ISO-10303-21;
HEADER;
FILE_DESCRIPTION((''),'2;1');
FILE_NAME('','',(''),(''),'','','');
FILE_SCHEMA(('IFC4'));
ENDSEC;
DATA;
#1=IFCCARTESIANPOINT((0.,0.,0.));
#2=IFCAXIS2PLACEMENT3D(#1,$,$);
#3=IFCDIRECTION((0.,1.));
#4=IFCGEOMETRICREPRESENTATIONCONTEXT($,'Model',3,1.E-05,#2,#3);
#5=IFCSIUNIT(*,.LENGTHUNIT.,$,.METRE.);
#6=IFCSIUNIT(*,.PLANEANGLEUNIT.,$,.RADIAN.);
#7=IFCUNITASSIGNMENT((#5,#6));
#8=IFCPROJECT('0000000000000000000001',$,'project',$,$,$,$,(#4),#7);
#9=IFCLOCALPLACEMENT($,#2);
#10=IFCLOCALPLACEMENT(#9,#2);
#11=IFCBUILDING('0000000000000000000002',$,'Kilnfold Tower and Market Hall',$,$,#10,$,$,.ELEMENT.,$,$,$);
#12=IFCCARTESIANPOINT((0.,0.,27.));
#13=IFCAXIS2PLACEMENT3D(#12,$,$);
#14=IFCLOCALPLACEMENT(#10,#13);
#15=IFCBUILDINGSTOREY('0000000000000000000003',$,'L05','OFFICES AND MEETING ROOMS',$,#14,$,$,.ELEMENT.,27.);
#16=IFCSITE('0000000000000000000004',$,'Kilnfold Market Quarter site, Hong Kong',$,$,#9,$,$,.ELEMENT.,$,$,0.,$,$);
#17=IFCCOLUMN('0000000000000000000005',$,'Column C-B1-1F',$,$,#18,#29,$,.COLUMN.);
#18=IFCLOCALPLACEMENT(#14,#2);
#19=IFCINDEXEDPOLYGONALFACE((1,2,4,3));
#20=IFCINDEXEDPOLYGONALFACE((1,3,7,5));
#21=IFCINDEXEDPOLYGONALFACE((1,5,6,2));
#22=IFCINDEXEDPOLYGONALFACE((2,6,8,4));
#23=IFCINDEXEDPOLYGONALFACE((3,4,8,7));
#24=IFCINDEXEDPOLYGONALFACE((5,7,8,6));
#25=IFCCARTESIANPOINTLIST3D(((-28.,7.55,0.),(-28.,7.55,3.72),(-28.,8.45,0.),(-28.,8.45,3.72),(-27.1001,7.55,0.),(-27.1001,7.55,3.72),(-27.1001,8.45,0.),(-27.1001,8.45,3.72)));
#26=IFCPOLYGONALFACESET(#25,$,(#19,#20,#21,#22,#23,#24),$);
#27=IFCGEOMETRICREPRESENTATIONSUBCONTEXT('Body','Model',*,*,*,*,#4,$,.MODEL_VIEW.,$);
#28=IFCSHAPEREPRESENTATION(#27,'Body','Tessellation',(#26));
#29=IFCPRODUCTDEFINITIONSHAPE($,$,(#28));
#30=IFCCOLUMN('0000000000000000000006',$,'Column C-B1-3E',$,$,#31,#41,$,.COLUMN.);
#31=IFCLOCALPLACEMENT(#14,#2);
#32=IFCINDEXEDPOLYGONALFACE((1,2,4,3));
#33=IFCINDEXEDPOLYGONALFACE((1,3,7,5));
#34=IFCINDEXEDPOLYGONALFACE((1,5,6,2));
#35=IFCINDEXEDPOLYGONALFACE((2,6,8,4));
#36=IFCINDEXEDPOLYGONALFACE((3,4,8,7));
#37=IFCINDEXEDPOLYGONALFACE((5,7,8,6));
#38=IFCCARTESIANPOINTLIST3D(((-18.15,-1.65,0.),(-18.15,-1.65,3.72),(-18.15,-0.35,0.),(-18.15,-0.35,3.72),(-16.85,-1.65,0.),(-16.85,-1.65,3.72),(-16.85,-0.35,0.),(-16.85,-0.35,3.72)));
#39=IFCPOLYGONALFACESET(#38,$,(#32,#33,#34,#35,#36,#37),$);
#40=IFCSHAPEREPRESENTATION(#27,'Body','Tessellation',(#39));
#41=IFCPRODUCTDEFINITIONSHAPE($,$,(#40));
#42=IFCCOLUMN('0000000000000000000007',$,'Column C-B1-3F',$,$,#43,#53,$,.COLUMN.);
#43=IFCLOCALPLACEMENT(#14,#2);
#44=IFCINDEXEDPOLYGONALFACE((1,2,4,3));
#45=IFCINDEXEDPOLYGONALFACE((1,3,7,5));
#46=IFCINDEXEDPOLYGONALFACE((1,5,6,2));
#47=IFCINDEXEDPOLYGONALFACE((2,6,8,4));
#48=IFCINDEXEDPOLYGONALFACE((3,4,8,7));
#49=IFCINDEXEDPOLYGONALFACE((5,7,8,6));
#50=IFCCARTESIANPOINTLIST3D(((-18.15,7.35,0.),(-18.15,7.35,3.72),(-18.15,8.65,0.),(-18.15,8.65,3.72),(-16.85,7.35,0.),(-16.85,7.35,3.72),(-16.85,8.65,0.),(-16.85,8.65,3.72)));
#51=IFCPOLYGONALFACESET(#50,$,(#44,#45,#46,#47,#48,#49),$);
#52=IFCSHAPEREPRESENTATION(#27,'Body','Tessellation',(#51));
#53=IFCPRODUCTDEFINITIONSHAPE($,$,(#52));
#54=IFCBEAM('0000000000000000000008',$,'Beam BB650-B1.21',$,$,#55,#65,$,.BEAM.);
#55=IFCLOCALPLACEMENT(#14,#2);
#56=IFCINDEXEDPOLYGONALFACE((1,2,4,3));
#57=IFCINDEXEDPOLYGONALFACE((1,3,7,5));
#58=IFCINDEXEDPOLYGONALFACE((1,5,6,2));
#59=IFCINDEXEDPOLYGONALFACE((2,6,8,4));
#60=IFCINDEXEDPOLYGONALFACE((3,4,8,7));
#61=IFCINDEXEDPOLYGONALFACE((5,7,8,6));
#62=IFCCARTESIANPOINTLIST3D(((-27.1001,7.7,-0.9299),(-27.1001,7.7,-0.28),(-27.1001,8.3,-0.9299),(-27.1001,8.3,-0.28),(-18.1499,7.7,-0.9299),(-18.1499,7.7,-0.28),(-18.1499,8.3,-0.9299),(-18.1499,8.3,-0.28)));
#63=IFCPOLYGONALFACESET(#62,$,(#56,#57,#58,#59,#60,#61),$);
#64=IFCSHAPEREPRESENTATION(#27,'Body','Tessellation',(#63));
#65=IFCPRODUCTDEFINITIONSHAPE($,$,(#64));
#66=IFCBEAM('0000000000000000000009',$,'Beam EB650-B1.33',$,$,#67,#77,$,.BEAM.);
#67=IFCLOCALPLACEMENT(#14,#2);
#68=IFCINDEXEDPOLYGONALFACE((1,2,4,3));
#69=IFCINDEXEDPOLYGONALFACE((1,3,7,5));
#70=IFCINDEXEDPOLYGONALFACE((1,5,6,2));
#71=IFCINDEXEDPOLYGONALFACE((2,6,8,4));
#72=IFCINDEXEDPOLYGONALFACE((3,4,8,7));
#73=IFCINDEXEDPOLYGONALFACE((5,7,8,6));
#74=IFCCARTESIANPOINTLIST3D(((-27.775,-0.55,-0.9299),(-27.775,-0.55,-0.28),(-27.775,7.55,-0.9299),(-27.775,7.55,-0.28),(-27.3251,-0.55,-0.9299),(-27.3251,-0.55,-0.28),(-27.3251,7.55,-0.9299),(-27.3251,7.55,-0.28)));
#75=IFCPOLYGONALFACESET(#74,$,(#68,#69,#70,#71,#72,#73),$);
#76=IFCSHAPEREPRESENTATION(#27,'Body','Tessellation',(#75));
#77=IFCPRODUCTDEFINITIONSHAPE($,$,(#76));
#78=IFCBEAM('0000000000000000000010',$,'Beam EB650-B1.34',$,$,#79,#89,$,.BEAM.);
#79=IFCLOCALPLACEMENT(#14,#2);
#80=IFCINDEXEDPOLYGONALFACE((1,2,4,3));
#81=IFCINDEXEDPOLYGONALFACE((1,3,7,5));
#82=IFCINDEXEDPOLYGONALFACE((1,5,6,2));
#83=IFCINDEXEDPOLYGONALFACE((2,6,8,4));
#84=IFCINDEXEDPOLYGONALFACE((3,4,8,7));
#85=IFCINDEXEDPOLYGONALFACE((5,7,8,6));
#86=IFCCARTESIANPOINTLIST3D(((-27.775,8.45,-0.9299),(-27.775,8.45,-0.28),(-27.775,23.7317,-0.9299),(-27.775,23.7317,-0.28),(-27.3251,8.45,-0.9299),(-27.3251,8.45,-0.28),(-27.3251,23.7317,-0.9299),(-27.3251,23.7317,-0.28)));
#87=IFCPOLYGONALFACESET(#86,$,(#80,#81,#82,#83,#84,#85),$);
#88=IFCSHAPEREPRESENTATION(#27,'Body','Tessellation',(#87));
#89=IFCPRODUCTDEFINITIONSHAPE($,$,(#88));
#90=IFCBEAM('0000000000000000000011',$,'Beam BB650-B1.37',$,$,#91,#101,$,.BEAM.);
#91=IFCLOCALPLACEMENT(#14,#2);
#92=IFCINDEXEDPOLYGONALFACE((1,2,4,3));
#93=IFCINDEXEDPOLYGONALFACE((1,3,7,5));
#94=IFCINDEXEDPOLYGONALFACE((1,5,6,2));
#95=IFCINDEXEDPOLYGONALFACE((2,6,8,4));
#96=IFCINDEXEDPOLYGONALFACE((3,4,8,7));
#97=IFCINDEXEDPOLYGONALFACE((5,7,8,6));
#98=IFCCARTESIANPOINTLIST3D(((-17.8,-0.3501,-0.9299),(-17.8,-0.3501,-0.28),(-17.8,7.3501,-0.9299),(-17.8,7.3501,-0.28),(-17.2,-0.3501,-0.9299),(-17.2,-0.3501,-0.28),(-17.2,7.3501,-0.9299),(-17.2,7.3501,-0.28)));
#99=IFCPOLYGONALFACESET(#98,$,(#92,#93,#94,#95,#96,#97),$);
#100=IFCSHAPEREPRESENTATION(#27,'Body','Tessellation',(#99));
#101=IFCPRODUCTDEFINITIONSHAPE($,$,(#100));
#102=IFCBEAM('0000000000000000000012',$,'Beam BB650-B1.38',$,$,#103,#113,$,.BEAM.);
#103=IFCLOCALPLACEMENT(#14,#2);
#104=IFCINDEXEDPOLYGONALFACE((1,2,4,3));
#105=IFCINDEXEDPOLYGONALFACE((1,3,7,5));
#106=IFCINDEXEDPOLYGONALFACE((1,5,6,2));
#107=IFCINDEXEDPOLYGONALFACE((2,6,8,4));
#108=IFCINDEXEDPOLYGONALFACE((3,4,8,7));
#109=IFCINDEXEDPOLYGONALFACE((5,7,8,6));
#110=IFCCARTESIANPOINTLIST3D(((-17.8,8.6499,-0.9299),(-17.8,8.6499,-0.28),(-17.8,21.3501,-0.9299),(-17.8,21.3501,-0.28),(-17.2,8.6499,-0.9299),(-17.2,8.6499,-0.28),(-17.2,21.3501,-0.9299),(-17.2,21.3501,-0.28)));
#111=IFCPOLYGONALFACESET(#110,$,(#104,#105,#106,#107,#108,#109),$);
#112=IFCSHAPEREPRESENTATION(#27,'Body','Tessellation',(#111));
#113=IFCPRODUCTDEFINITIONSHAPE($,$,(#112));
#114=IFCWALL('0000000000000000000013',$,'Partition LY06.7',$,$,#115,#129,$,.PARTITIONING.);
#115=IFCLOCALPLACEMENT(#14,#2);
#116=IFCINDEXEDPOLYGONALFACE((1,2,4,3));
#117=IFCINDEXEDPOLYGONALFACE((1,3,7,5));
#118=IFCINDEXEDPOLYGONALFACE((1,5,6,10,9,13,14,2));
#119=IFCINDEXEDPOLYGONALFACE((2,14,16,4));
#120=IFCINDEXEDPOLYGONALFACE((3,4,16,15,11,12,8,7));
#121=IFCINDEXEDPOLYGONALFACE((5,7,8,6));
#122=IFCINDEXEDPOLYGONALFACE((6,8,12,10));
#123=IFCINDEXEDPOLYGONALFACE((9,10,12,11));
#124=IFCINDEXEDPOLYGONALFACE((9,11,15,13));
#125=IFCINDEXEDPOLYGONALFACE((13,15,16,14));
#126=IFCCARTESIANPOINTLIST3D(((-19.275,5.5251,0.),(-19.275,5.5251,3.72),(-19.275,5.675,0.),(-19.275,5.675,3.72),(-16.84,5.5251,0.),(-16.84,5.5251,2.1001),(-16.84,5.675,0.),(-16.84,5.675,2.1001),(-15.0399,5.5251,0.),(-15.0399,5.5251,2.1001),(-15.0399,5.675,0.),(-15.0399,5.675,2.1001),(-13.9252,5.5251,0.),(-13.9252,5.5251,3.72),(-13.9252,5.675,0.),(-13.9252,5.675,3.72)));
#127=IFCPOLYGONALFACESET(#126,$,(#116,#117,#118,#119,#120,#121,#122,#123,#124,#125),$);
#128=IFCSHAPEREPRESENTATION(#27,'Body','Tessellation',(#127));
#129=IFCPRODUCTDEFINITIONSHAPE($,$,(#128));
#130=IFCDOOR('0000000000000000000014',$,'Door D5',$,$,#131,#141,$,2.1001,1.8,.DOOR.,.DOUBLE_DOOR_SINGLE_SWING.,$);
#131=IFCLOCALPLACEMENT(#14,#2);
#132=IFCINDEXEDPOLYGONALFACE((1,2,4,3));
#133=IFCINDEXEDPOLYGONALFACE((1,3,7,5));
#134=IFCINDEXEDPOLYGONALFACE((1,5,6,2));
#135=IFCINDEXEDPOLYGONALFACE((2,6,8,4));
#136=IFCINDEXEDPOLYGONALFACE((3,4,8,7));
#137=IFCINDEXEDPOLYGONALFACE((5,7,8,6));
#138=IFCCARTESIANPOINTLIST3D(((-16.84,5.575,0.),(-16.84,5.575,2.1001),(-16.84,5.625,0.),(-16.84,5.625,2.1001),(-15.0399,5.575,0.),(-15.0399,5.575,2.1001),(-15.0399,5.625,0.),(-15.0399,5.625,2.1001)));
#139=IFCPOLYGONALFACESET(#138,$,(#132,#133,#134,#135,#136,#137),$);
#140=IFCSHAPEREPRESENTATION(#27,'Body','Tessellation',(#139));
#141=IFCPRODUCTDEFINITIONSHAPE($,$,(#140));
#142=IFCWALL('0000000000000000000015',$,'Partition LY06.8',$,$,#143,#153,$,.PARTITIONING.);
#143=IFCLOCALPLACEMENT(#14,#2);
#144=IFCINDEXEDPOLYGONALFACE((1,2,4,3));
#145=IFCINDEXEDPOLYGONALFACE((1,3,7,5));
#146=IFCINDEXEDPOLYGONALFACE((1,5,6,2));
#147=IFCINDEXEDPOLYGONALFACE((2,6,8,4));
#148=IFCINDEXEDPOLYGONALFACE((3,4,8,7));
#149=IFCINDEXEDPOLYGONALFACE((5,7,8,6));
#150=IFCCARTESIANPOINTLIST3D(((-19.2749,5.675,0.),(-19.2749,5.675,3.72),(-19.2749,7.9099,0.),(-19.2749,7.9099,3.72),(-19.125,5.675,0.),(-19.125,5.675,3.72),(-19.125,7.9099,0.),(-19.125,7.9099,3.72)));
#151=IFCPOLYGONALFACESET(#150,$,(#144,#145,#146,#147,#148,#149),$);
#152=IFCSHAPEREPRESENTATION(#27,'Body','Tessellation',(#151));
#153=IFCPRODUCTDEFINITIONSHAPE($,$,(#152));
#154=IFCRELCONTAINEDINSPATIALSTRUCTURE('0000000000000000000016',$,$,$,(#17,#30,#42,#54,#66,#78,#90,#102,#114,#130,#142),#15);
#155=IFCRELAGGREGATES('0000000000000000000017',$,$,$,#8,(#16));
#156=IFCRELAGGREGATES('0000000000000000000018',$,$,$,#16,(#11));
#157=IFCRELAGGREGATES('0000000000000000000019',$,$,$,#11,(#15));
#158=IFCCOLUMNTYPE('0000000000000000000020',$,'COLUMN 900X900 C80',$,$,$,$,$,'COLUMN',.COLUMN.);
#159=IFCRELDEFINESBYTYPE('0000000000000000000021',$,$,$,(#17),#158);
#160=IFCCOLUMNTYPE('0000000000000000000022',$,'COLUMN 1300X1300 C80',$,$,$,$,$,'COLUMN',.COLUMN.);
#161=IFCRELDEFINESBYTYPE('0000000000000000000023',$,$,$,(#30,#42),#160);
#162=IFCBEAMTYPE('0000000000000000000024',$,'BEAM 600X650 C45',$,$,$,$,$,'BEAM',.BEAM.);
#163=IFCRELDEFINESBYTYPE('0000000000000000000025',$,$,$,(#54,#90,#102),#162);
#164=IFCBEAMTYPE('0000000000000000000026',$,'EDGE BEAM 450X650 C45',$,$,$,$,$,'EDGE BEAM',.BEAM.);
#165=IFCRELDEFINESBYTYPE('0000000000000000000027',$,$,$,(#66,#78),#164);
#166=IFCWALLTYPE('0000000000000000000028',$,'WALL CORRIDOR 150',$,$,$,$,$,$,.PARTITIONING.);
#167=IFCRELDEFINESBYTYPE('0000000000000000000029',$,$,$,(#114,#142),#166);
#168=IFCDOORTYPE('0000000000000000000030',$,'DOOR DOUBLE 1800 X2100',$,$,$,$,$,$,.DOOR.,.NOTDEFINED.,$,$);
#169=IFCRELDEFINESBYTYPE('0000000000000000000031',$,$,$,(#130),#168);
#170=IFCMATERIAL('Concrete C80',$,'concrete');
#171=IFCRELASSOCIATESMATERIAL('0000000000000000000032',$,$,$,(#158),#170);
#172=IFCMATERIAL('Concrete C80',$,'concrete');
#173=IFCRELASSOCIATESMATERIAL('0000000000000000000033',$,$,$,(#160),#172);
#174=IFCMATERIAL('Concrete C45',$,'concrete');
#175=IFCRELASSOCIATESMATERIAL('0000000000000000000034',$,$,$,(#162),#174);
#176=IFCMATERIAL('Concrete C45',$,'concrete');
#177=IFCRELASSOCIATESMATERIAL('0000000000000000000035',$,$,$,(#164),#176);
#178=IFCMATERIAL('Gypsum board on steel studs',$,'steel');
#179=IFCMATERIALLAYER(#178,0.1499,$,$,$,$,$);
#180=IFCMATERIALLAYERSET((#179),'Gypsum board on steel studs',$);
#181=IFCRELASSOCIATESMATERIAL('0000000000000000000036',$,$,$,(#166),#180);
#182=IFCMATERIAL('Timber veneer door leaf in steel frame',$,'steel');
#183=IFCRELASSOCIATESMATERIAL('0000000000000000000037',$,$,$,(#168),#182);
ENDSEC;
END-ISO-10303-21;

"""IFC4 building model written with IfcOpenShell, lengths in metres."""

from ifc_helpers import new_model, si_unit, direction, frame, frame_2d, origin, origin_2d, place, context, subcontext, project, spatial, rectangle, extrude, source, transform, mapped, material, layer, layer_set, material_profile, profile_set, type_object, element, fill, save


model = new_model("IFC4")

# Units and contexts
model_context = context("Model", 3, precision=1e-05, world=origin(), true_north=direction((0.0, 1.0)))
body_context = subcontext(model_context, "Body", "Model", "MODEL_VIEW")
ifc_project = project(units=[si_unit("LENGTHUNIT", "METRE"), si_unit("PLANEANGLEUNIT", "RADIAN")], contexts=[model_context])

# Site, building, storey
site_placement = place(None, origin())
site = spatial("IfcSite", under=ifc_project, at=site_placement, Name="Kilnfold Market Quarter site, Hong Kong", CompositionType="ELEMENT", RefElevation=0.0)
building_placement = place(site_placement, origin())
building = spatial("IfcBuilding", under=site, at=building_placement, Name="Kilnfold Tower and Market Hall", CompositionType="ELEMENT")
storey_placement = place(building_placement, frame((0.0, 0.0, 27.0)))
storey = spatial("IfcBuildingStorey", under=building, at=storey_placement, Name="L05", Description="OFFICES AND MEETING ROOMS", CompositionType="ELEMENT", Elevation=27.0)

# Columns
ifc_material_1 = material(Name="Concrete C80", Category="concrete")
ifc_material_profile_1 = material_profile(ifc_material_1, rectangle(XDim=0.8999, YDim=0.8999, at=origin_2d()), Name="RC 900x900")
ifc_profile_set_1 = profile_set([ifc_material_profile_1], Name="Concrete C80")
column_type_1 = type_object("IfcColumnType", Name="COLUMN 900X900 C80", ElementType="COLUMN", PredefinedType="COLUMN", material=ifc_profile_set_1)
shared_shape_1 = source(origin(), body_context, "Body", "SweptSolid", [
    extrude(rectangle(XDim=0.8999, YDim=0.8999, at=origin_2d()), origin(), (0.0, 0.0, 1.0), 3.72),
])
column_placement = place(storey_placement, frame((-27.55, 8.0, 0.0), z_axis=(0.0, 0.0, 1.0), x_axis=(1.0, 0.0, 0.0)))
element("IfcColumn", 1, at=column_placement, inside=storey, type_object=column_type_1, Name="Column C-B1-1F", PredefinedType="COLUMN", context=body_context, shape_type="MappedRepresentation", body=[
    mapped(shared_shape_1, transform((0.0, 0.0, 0.0))),
])
ifc_material_2 = material(Name="Concrete C80", Category="concrete")
ifc_material_profile_2 = material_profile(ifc_material_2, rectangle(XDim=1.3, YDim=1.3, at=origin_2d()), Name="RC 1300x1300")
ifc_profile_set_2 = profile_set([ifc_material_profile_2], Name="Concrete C80")
column_type_2 = type_object("IfcColumnType", Name="COLUMN 1300X1300 C80", ElementType="COLUMN", PredefinedType="COLUMN", material=ifc_profile_set_2)
shared_shape_2 = source(origin(), body_context, "Body", "SweptSolid", [
    extrude(rectangle(XDim=1.3, YDim=1.3, at=origin_2d()), origin(), (0.0, 0.0, 1.0), 3.72),
])
for number, where, z_axis, x_axis, name in (
    (2, (-17.5, -1.0, 0.0), (0.0, 0.0, 1.0), (1.0, 0.0, 0.0), "Column C-B1-3E"),
    (3, (-17.5, 8.0, 0.0), (0.0, 0.0, 1.0), (1.0, 0.0, 0.0), "Column C-B1-3F"),
):
    element("IfcColumn", number, at=place(storey_placement, frame(where, z_axis=z_axis, x_axis=x_axis)), inside=storey, type_object=column_type_2, Name=name, PredefinedType="COLUMN", context=body_context, shape_type="MappedRepresentation", body=[
        mapped(shared_shape_2, transform((0.0, 0.0, 0.0))),
    ])

# Beams
ifc_material_3 = material(Name="Concrete C45", Category="concrete")
ifc_material_profile_3 = material_profile(ifc_material_3, rectangle(XDim=0.6001, YDim=0.6499, at=origin_2d()), Name="RC 600x650")
ifc_profile_set_3 = profile_set([ifc_material_profile_3], Name="Concrete C45")
beam_type_1 = type_object("IfcBeamType", Name="BEAM 600X650 C45", ElementType="BEAM", PredefinedType="BEAM", material=ifc_profile_set_3)
shared_shape_3 = source(origin(), body_context, "Body", "SweptSolid", [
    extrude(rectangle(XDim=0.6001, YDim=0.6499, at=origin_2d()), origin(), (0.0, 0.0, 1.0), 8.9502),
])
beam_1_placement = place(storey_placement, frame((-27.1001, 8.0, -0.605), z_axis=(1.0, 0.0, 0.0), x_axis=(0.0, 1.0, 0.0)))
element("IfcBeam", 4, at=beam_1_placement, inside=storey, type_object=beam_type_1, Name="Beam BB650-B1.21", PredefinedType="BEAM", context=body_context, shape_type="MappedRepresentation", body=[
    mapped(shared_shape_3, transform((0.0, 0.0, 0.0))),
])
ifc_material_4 = material(Name="Concrete C45", Category="concrete")
ifc_material_profile_4 = material_profile(ifc_material_4, rectangle(XDim=0.45, YDim=0.6499, at=origin_2d()), Name="RC 450x650")
ifc_profile_set_4 = profile_set([ifc_material_profile_4], Name="Concrete C45")
beam_type_2 = type_object("IfcBeamType", Name="EDGE BEAM 450X650 C45", ElementType="EDGE BEAM", PredefinedType="BEAM", material=ifc_profile_set_4)
shared_shape_4 = source(origin(), body_context, "Body", "SweptSolid", [
    extrude(rectangle(XDim=0.45, YDim=0.6499, at=origin_2d()), origin(), (0.0, 0.0, 1.0), 8.1001),
])
beam_2_placement = place(storey_placement, frame((-27.55, -0.55, -0.605), z_axis=(0.0, 1.0, 0.0), x_axis=(-1.0, 0.0, 0.0)))
element("IfcBeam", 5, at=beam_2_placement, inside=storey, type_object=beam_type_2, Name="Beam EB650-B1.33", PredefinedType="BEAM", context=body_context, shape_type="MappedRepresentation", body=[
    mapped(shared_shape_4, transform((0.0, 0.0, 0.0))),
])
shared_shape_5 = source(origin(), body_context, "Body", "SweptSolid", [
    extrude(rectangle(XDim=0.45, YDim=0.6499, at=origin_2d()), origin(), (0.0, 0.0, 1.0), 15.2817),
])
beam_3_placement = place(storey_placement, frame((-27.55, 8.45, -0.605), z_axis=(0.0, 1.0, 0.0), x_axis=(-1.0, 0.0, 0.0)))
element("IfcBeam", 6, at=beam_3_placement, inside=storey, type_object=beam_type_2, Name="Beam EB650-B1.34", PredefinedType="BEAM", context=body_context, shape_type="MappedRepresentation", body=[
    mapped(shared_shape_5, transform((0.0, 0.0, 0.0))),
])
shared_shape_6 = source(origin(), body_context, "Body", "SweptSolid", [
    extrude(rectangle(XDim=0.6001, YDim=0.6499, at=origin_2d()), origin(), (0.0, 0.0, 1.0), 7.7002),
])
beam_4_placement = place(storey_placement, frame((-17.5, -0.3501, -0.605), z_axis=(0.0, 1.0, 0.0), x_axis=(-1.0, 0.0, 0.0)))
element("IfcBeam", 7, at=beam_4_placement, inside=storey, type_object=beam_type_1, Name="Beam BB650-B1.37", PredefinedType="BEAM", context=body_context, shape_type="MappedRepresentation", body=[
    mapped(shared_shape_6, transform((0.0, 0.0, 0.0))),
])
shared_shape_7 = source(origin(), body_context, "Body", "SweptSolid", [
    extrude(rectangle(XDim=0.6001, YDim=0.6499, at=origin_2d()), origin(), (0.0, 0.0, 1.0), 12.7002),
])
beam_5_placement = place(storey_placement, frame((-17.5, 8.6499, -0.605), z_axis=(0.0, 1.0, 0.0), x_axis=(-1.0, 0.0, 0.0)))
element("IfcBeam", 8, at=beam_5_placement, inside=storey, type_object=beam_type_1, Name="Beam BB650-B1.38", PredefinedType="BEAM", context=body_context, shape_type="MappedRepresentation", body=[
    mapped(shared_shape_7, transform((0.0, 0.0, 0.0))),
])

# Wall, opening, door
ifc_material_5 = material(Name="Gypsum board on steel studs", Category="steel")
ifc_layer_1 = layer(ifc_material_5, 0.1499)
ifc_layer_set_1 = layer_set([ifc_layer_1], Name="Gypsum board on steel studs")
wall_type_1 = type_object("IfcWallType", Name="WALL CORRIDOR 150", PredefinedType="PARTITIONING", material=ifc_layer_set_1)
wall_1_placement = place(storey_placement, frame((-19.2749, 5.6001, 0.0), z_axis=(0.0, 0.0, 1.0), x_axis=(1.0, 0.0, 0.0)))
wall_1 = element("IfcWall", 9, at=wall_1_placement, inside=storey, type_object=wall_type_1, Name="Partition LY06.7", PredefinedType="PARTITIONING", context=body_context, shape_type="SweptSolid", body=[
    extrude(rectangle(XDim=5.3499, YDim=0.1499, at=frame_2d((2.6748, 0.0))), origin(), (0.0, 0.0, 1.0), 3.72),
])
opening_1_placement = place(wall_1_placement, frame((2.4351, 0.0, 0.0)))
opening_1 = element("IfcOpeningElement", 10, at=opening_1_placement, cuts=wall_1, PredefinedType="OPENING", context=body_context, shape_type="SweptSolid", body=[
    extrude(rectangle(XDim=1.8, YDim=2.1001, at=frame_2d((0.8999, 1.05))), frame((0.0, 0.085, 0.0), z_axis=(0.0, -1.0, 0.0), x_axis=(1.0, 0.0, 0.0)), (0.0, 0.0, 1.0), 0.1699),
])
ifc_material_6 = material(Name="Timber veneer door leaf in steel frame", Category="steel")
door_type_1 = type_object("IfcDoorType", Name="DOOR DOUBLE 1800 X2100", OperationType="NOTDEFINED", PredefinedType="DOOR", material=ifc_material_6)
door_1_placement = place(opening_1_placement, origin())
door_1 = element("IfcDoor", 11, at=door_1_placement, inside=storey, type_object=door_type_1, Name="Door D5", OperationType="DOUBLE_DOOR_SINGLE_SWING", OverallHeight=2.1001, OverallWidth=1.8, PredefinedType="DOOR", context=body_context, shape_type="SweptSolid", body=[
    extrude(rectangle(XDim=1.8, YDim=2.1001, at=frame_2d((0.8999, 1.05))), frame((0.0, 0.0249, 0.0), z_axis=(0.0, -1.0, 0.0), x_axis=(1.0, 0.0, 0.0)), (0.0, 0.0, 1.0), 0.05),
])
fill(opening_1, door_1)

# Wall
wall_2_placement = place(storey_placement, frame((-19.2, 5.675, 0.0), z_axis=(0.0, 0.0, 1.0), x_axis=(0.0, 1.0, 0.0)))
element("IfcWall", 12, at=wall_2_placement, inside=storey, type_object=wall_type_1, Name="Partition LY06.8", PredefinedType="PARTITIONING", context=body_context, shape_type="SweptSolid", body=[
    extrude(rectangle(XDim=2.2349, YDim=0.1499, at=frame_2d((1.1174, 0.0))), origin(), (0.0, 0.0, 1.0), 3.72),
])

save(model, "model.ifc")
